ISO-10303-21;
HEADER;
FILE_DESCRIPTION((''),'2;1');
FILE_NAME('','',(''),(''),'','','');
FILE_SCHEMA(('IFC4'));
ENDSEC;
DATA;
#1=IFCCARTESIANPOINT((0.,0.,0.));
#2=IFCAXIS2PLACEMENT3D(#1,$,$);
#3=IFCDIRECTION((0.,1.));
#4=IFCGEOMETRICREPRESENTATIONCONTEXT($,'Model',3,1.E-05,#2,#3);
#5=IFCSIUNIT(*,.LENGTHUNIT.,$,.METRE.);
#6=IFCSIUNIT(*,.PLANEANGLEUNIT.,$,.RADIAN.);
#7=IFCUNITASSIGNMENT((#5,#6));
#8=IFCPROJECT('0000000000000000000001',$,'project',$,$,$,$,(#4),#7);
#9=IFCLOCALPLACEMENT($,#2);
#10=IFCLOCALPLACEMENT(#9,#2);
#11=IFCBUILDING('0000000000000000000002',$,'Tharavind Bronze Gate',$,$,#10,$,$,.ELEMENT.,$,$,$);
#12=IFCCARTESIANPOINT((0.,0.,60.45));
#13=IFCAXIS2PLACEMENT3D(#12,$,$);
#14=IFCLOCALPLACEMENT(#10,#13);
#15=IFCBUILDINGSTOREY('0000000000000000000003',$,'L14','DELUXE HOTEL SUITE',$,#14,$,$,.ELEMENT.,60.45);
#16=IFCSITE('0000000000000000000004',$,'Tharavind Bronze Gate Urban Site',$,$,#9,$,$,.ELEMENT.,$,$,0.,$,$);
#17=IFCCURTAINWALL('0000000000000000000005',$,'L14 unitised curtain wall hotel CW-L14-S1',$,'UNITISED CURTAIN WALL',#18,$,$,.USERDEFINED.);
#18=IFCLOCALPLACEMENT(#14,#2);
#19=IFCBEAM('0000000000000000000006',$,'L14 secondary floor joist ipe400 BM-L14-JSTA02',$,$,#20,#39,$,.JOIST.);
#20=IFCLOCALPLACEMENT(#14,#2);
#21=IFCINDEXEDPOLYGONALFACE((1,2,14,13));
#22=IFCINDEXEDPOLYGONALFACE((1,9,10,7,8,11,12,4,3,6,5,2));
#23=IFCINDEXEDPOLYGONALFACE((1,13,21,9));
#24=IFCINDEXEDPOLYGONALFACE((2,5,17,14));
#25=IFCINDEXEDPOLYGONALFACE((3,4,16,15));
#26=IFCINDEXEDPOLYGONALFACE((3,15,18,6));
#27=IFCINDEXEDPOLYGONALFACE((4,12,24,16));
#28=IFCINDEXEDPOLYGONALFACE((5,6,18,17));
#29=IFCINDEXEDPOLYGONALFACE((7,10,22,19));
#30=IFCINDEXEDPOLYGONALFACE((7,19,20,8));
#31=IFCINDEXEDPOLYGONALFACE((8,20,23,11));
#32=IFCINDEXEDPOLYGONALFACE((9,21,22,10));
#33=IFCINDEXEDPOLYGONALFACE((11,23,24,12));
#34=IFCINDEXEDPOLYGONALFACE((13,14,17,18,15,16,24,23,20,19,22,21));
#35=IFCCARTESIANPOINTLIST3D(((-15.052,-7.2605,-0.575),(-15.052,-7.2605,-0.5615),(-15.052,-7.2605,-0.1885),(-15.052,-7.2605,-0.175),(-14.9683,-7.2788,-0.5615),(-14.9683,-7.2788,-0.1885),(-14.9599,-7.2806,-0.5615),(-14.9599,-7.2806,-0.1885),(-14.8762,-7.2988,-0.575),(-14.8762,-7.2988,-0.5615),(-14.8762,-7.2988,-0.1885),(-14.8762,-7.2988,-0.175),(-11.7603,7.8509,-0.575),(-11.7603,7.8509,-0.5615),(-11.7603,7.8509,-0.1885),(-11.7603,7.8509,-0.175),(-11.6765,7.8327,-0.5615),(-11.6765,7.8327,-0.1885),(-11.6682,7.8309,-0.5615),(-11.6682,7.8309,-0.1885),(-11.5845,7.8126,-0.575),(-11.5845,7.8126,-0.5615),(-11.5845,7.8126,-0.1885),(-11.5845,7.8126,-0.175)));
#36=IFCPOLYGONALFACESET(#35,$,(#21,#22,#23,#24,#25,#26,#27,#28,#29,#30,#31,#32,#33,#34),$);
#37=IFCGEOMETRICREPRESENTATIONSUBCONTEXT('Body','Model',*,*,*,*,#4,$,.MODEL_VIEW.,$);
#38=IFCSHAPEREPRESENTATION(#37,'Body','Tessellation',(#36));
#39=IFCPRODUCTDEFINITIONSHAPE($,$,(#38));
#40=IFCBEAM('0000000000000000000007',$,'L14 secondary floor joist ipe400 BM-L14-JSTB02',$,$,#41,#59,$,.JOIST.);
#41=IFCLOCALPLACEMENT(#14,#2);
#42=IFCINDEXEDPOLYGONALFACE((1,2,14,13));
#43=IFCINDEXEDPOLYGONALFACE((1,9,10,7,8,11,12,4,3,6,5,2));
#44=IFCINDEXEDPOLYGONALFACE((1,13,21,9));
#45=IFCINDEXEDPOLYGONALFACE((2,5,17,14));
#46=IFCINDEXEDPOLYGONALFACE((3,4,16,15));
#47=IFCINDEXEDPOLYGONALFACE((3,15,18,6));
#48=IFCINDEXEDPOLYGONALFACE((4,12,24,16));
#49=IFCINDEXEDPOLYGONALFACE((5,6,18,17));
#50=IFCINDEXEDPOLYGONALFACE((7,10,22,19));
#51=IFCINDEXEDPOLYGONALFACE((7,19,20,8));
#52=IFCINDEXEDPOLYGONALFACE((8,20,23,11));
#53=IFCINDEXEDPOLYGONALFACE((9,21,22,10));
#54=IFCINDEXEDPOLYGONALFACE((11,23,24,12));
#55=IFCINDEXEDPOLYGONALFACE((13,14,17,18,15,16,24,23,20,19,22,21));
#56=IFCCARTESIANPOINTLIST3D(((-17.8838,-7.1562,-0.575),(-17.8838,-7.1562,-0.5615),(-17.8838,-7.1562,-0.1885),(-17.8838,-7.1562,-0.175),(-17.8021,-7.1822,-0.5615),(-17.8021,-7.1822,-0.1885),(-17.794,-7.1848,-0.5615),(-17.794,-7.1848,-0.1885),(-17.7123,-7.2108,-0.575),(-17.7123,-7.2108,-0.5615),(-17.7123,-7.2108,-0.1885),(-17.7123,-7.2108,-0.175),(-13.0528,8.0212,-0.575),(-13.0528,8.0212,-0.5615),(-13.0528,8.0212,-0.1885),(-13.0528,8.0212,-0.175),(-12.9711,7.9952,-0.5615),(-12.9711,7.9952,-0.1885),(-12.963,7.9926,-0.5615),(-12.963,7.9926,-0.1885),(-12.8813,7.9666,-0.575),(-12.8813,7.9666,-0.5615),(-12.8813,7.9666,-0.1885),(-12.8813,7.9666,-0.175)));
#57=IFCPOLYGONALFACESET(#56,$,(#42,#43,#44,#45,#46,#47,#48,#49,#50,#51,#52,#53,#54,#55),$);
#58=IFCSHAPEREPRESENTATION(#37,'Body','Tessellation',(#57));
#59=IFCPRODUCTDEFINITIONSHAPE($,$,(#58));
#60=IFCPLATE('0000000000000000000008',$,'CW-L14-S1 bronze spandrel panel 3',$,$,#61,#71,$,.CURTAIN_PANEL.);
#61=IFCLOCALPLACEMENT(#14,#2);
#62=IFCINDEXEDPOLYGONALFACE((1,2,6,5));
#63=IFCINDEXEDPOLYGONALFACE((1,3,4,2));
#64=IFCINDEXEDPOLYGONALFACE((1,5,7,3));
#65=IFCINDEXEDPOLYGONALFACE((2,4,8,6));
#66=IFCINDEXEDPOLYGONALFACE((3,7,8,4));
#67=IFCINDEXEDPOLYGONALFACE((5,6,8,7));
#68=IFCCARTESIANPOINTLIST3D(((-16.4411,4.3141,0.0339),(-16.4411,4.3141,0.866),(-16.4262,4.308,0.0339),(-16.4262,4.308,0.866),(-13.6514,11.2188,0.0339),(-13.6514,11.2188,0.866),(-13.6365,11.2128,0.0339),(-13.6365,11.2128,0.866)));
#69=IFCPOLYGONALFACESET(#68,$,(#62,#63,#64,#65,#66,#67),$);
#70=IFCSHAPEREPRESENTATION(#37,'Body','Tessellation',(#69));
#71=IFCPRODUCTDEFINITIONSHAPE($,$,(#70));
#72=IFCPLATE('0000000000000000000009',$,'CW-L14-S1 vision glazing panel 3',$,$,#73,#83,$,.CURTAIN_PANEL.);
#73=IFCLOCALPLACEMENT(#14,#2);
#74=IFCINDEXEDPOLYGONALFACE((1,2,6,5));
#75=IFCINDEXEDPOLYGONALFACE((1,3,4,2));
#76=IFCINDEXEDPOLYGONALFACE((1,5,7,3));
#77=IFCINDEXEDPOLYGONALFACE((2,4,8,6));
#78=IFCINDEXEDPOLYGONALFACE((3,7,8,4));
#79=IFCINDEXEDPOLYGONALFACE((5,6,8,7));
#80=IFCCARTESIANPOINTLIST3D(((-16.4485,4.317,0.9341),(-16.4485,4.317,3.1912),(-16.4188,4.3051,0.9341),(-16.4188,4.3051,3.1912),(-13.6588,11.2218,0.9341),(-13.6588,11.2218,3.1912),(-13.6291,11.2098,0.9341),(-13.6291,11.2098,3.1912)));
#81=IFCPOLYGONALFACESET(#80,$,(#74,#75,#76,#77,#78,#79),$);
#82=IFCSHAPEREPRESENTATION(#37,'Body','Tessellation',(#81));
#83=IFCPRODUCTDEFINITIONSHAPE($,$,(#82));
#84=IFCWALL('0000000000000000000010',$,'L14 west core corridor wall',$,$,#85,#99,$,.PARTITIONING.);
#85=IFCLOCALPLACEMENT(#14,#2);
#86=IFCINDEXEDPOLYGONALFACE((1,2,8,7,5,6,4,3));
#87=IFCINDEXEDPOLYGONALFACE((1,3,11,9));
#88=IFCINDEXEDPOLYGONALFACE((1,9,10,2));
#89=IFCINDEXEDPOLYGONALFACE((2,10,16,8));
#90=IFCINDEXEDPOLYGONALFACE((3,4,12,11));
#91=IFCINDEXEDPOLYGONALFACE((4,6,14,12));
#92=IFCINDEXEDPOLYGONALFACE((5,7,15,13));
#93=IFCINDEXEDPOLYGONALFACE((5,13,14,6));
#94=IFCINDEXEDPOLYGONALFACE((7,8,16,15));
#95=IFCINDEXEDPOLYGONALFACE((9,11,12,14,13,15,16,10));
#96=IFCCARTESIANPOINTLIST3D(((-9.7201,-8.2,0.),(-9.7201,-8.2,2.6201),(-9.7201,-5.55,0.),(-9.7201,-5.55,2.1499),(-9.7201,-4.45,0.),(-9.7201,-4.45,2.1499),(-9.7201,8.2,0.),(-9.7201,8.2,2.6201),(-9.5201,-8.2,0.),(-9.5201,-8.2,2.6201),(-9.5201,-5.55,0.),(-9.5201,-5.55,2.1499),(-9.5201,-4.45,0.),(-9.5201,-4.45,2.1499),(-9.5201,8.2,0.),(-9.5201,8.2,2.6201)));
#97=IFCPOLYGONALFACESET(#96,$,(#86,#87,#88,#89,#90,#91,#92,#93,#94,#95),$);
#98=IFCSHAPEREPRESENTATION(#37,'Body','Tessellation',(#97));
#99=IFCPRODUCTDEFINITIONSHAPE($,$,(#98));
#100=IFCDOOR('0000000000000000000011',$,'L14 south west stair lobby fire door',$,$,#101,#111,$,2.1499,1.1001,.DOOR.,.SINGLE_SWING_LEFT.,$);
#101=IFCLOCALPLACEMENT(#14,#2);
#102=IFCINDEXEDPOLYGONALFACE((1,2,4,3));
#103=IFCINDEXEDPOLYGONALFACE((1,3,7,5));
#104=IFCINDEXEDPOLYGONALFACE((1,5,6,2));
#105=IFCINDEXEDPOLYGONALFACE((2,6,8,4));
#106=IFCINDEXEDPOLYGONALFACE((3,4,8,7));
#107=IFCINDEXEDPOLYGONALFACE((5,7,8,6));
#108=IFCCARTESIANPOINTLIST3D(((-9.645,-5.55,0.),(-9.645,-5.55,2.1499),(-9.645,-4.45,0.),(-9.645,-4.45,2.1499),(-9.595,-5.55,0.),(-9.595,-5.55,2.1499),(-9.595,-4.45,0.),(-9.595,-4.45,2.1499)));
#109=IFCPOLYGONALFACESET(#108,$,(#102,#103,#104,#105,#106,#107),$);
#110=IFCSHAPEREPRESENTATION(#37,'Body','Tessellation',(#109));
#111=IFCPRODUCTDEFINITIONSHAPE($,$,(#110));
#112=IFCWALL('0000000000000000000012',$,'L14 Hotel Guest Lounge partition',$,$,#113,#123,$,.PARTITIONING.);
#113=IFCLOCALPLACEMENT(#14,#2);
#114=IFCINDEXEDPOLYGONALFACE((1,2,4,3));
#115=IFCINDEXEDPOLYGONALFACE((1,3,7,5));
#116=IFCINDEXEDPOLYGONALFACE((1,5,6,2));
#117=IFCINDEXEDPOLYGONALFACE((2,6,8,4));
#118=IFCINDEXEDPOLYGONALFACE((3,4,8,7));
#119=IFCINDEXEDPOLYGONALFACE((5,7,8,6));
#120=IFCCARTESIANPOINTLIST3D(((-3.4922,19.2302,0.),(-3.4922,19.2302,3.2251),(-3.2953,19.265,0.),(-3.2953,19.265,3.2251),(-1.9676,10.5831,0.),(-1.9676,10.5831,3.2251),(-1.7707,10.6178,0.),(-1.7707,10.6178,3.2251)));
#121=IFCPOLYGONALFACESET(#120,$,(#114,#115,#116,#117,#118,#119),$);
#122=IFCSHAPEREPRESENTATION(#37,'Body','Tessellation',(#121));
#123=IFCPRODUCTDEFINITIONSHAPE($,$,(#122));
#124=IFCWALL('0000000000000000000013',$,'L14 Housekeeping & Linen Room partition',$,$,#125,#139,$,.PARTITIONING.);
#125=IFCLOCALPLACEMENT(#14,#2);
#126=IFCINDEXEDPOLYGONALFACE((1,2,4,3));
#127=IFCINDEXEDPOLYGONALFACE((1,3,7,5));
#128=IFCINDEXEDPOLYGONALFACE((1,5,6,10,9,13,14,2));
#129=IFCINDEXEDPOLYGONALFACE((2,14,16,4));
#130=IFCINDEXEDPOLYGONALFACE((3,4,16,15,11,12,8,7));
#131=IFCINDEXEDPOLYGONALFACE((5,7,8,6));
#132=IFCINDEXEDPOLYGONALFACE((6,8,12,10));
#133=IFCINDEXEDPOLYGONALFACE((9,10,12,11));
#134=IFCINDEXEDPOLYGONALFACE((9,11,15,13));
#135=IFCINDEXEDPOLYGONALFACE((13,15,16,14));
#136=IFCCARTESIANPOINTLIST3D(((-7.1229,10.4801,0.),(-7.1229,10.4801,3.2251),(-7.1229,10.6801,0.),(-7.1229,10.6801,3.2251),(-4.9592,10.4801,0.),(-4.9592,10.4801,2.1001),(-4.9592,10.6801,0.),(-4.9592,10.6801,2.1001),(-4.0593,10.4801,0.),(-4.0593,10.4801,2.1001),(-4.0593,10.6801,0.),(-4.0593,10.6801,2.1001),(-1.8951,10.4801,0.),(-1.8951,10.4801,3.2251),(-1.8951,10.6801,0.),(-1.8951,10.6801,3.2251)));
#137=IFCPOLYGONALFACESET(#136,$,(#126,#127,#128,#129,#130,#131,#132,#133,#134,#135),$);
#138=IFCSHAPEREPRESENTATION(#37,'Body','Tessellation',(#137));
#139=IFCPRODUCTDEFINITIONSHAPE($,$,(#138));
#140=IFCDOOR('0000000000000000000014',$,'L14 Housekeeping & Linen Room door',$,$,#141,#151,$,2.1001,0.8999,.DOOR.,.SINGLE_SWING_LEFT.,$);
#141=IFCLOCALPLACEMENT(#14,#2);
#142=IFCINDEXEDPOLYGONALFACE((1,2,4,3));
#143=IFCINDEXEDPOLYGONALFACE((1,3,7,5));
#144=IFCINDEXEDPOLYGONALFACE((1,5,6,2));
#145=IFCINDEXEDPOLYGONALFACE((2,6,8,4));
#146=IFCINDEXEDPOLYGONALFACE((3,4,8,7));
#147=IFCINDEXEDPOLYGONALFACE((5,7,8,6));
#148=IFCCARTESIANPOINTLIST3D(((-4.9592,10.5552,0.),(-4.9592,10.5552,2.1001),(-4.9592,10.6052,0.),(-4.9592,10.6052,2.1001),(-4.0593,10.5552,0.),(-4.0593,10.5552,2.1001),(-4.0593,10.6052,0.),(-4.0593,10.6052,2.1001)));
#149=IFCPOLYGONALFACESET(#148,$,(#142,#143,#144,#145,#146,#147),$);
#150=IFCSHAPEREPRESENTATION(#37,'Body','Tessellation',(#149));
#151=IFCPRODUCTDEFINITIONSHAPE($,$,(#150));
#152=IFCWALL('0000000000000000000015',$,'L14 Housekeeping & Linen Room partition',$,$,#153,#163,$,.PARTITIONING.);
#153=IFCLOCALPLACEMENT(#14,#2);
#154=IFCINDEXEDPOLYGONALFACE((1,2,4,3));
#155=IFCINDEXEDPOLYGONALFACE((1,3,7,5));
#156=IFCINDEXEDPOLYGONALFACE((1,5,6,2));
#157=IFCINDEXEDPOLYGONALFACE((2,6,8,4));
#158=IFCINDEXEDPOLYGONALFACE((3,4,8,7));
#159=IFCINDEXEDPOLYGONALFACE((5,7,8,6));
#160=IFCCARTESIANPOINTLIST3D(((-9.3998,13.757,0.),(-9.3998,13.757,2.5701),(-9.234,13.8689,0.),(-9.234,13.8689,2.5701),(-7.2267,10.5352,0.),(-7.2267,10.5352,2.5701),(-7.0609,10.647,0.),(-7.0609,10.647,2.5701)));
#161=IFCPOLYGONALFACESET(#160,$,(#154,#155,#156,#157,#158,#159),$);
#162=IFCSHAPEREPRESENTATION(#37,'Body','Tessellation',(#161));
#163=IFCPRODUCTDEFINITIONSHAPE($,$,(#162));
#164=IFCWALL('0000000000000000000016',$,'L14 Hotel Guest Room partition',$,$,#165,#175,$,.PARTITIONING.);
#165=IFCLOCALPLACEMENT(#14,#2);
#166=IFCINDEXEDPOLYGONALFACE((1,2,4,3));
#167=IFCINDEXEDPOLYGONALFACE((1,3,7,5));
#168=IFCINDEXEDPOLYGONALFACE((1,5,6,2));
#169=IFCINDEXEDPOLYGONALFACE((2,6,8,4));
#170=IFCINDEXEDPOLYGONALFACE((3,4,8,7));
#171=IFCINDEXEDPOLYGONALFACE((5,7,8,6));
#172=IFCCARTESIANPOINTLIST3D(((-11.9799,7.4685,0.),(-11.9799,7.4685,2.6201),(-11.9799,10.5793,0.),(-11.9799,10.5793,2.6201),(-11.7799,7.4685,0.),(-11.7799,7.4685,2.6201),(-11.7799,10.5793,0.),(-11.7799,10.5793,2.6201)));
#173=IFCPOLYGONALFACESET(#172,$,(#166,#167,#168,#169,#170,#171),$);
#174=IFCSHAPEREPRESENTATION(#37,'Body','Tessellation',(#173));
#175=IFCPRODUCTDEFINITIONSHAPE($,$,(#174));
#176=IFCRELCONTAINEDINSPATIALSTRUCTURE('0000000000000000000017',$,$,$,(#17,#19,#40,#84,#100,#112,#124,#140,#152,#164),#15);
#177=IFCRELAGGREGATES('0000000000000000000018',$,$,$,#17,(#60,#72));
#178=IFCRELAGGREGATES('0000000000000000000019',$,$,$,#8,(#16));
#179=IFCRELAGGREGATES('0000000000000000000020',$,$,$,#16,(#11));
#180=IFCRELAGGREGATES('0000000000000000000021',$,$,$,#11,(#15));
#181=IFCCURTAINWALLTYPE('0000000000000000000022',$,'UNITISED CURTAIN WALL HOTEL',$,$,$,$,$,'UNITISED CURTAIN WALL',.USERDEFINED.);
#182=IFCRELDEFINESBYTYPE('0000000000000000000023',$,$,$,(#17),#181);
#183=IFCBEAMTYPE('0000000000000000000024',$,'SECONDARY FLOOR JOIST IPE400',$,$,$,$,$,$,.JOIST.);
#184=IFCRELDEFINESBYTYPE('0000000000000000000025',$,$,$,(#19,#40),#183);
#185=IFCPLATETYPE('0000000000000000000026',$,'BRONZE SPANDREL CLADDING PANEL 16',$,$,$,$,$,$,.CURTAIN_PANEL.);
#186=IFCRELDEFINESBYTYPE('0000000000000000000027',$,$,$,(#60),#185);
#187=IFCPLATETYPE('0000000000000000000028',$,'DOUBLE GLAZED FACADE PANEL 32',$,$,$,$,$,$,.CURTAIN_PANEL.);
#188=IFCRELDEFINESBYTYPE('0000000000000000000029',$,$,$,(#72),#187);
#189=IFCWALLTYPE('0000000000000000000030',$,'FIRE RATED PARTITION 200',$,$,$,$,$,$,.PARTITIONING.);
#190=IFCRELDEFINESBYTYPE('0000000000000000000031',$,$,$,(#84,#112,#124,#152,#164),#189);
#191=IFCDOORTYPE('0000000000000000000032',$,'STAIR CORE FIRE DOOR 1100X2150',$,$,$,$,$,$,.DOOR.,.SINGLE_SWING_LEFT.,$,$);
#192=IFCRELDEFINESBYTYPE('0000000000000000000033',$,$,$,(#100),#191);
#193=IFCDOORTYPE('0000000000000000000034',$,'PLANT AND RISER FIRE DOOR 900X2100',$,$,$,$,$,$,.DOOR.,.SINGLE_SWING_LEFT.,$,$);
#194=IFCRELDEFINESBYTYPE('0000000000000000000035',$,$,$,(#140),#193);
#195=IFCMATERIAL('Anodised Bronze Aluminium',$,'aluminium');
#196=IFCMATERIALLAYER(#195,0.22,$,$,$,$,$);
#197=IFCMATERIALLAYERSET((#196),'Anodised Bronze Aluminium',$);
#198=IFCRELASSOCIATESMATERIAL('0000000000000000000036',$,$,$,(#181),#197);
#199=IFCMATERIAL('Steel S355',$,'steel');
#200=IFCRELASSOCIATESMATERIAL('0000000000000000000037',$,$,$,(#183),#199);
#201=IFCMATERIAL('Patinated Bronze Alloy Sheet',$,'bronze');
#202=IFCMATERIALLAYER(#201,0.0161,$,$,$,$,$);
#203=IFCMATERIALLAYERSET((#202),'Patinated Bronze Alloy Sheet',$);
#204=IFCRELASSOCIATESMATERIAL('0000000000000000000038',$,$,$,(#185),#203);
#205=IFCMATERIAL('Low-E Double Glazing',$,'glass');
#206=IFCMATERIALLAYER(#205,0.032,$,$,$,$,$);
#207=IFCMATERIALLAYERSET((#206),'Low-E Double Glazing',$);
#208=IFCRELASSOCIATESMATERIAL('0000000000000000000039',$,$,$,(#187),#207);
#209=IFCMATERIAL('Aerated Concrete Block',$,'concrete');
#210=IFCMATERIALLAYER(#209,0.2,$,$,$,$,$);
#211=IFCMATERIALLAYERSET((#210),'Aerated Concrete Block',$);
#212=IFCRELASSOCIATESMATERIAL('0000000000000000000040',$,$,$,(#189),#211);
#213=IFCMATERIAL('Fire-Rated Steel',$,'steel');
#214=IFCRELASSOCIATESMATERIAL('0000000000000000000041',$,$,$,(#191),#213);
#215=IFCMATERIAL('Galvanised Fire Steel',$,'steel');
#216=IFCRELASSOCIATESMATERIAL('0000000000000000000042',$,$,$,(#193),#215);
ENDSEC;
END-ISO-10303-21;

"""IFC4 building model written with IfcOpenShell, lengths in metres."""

from ifc_helpers import new_model, si_unit, direction, frame, frame_2d, origin, origin_2d, place, context, subcontext, project, spatial, rectangle, i_section, extrude, material, layer, layer_set, material_profile, profile_set, type_object, element, fill, aggregate, save


model = new_model("IFC4")

# Units and contexts
model_context = context("Model", 3, precision=1e-05, world=origin(), true_north=direction((0.0, 1.0)))
body_context = subcontext(model_context, "Body", "Model", "MODEL_VIEW")
ifc_project = project(units=[si_unit("LENGTHUNIT", "METRE"), si_unit("PLANEANGLEUNIT", "RADIAN")], contexts=[model_context])

# Site, building, storey
site_placement = place(None, origin())
site = spatial("IfcSite", under=ifc_project, at=site_placement, Name="Tharavind Bronze Gate Urban Site", CompositionType="ELEMENT", RefElevation=0.0)
building_placement = place(site_placement, origin())
building = spatial("IfcBuilding", under=site, at=building_placement, Name="Tharavind Bronze Gate", CompositionType="ELEMENT")
storey_placement = place(building_placement, frame((0.0, 0.0, 60.45)))
storey = spatial("IfcBuildingStorey", under=building, at=storey_placement, Name="L14", Description="DELUXE HOTEL SUITE", CompositionType="ELEMENT", Elevation=60.45)

# Curtain wall
ifc_material_1 = material(Name="Anodised Bronze Aluminium", Category="aluminium")
ifc_layer_1 = layer(ifc_material_1, 0.22)
ifc_layer_set_1 = layer_set([ifc_layer_1], Name="Anodised Bronze Aluminium")
curtain_wall_type = type_object("IfcCurtainWallType", Name="UNITISED CURTAIN WALL HOTEL", ElementType="UNITISED CURTAIN WALL", PredefinedType="USERDEFINED", material=ifc_layer_set_1)
curtain_wall_placement = place(storey_placement, origin())
curtain_wall = element("IfcCurtainWall", 1, at=curtain_wall_placement, inside=storey, type_object=curtain_wall_type, Name="L14 unitised curtain wall hotel CW-L14-S1", ObjectType="UNITISED CURTAIN WALL", PredefinedType="USERDEFINED")

# Beams
ifc_material_2 = material(Name="Steel S355", Category="steel")
ifc_material_profile_1 = material_profile(ifc_material_2, i_section(OverallWidth=0.1799, OverallDepth=0.3999, WebThickness=0.0085, FlangeThickness=0.0134, at=origin_2d()), Name="IPE400")
ifc_profile_set_1 = profile_set([ifc_material_profile_1], Name="Steel S355")
beam_type_1 = type_object("IfcBeamType", Name="SECONDARY FLOOR JOIST IPE400", PredefinedType="JOIST", material=ifc_profile_set_1)
beam_1_placement = place(storey_placement, frame((-11.6724, 7.8318, -0.375), z_axis=(-0.212839, -0.977087, 0.0), x_axis=(0.977087, -0.212839, 0.0)))
element("IfcBeam", 2, at=beam_1_placement, inside=storey, type_object=beam_type_1, Name="L14 secondary floor joist ipe400 BM-L14-JSTA02", PredefinedType="JOIST", context=body_context, shape_type="SweptSolid", body=[
    extrude(i_section(OverallWidth=0.1799, OverallDepth=0.3999, WebThickness=0.0085, FlangeThickness=0.0134, at=origin_2d()), origin(), (0.0, 0.0, 1.0), 15.4658),
])
beam_2_placement = place(storey_placement, frame((-12.967, 7.9939, -0.375), z_axis=(-0.303309, -0.952892, 0.0), x_axis=(0.952892, -0.303309, 0.0)))
element("IfcBeam", 3, at=beam_2_placement, inside=storey, type_object=beam_type_1, Name="L14 secondary floor joist ipe400 BM-L14-JSTB02", PredefinedType="JOIST", context=body_context, shape_type="SweptSolid", body=[
    extrude(i_section(OverallWidth=0.1799, OverallDepth=0.3999, WebThickness=0.0085, FlangeThickness=0.0134, at=origin_2d()), origin(), (0.0, 0.0, 1.0), 15.9277),
])

# Plates
ifc_material_3 = material(Name="Patinated Bronze Alloy Sheet", Category="bronze")
ifc_layer_2 = layer(ifc_material_3, 0.0161)
ifc_layer_set_2 = layer_set([ifc_layer_2], Name="Patinated Bronze Alloy Sheet")
plate_type_1 = type_object("IfcPlateType", Name="BRONZE SPANDREL CLADDING PANEL 16", PredefinedType="CURTAIN_PANEL", material=ifc_layer_set_2)
plate_1_placement = place(storey_placement, frame((-15.0388, 7.7634, 0.0339), z_axis=(0.0, 0.0, 1.0), x_axis=(-0.374607, -0.927184, 0.0)))
plate_1 = element("IfcPlate", 4, at=plate_1_placement, type_object=plate_type_1, Name="CW-L14-S1 bronze spandrel panel 3", PredefinedType="CURTAIN_PANEL", context=body_context, shape_type="SweptSolid", body=[
    extrude(rectangle(XDim=7.447, YDim=0.0161, at=origin_2d()), origin(), (0.0, 0.0, 1.0), 0.832),
])
ifc_material_4 = material(Name="Low-E Double Glazing", Category="glass")
ifc_layer_3 = layer(ifc_material_4, 0.032)
ifc_layer_set_3 = layer_set([ifc_layer_3], Name="Low-E Double Glazing")
plate_type_2 = type_object("IfcPlateType", Name="DOUBLE GLAZED FACADE PANEL 32", PredefinedType="CURTAIN_PANEL", material=ifc_layer_set_3)
plate_2_placement = place(storey_placement, frame((-15.0388, 7.7634, 0.9341), z_axis=(0.0, 0.0, 1.0), x_axis=(-0.374607, -0.927184, 0.0)))
plate_2 = element("IfcPlate", 5, at=plate_2_placement, type_object=plate_type_2, Name="CW-L14-S1 vision glazing panel 3", PredefinedType="CURTAIN_PANEL", context=body_context, shape_type="SweptSolid", body=[
    extrude(rectangle(XDim=7.447, YDim=0.032, at=origin_2d()), origin(), (0.0, 0.0, 1.0), 2.2571),
])
aggregate(curtain_wall, [plate_1, plate_2])

# Wall, opening, door
ifc_material_5 = material(Name="Aerated Concrete Block", Category="concrete")
ifc_layer_4 = layer(ifc_material_5, 0.2)
ifc_layer_set_4 = layer_set([ifc_layer_4], Name="Aerated Concrete Block")
wall_type_1 = type_object("IfcWallType", Name="FIRE RATED PARTITION 200", PredefinedType="PARTITIONING", material=ifc_layer_set_4)
wall_1_placement = place(storey_placement, frame((-9.6201, 8.2, 0.0), z_axis=(0.0, 0.0, 1.0), x_axis=(0.0, -1.0, 0.0)))
wall_1 = element("IfcWall", 6, at=wall_1_placement, inside=storey, type_object=wall_type_1, Name="L14 west core corridor wall", PredefinedType="PARTITIONING", context=body_context, shape_type="SweptSolid", body=[
    extrude(rectangle(XDim=16.3999, YDim=0.2, at=frame_2d((8.2, 0.0))), origin(), (0.0, 0.0, 1.0), 2.6201),
])
opening_1_placement = place(wall_1_placement, frame((12.6499, 0.0, 0.0)))
opening_1 = element("IfcOpeningElement", 7, at=opening_1_placement, cuts=wall_1, PredefinedType="OPENING", context=body_context, shape_type="SweptSolid", body=[
    extrude(rectangle(XDim=1.1001, YDim=2.1499, at=frame_2d((0.55, 1.075))), frame((0.0, 0.1101, 0.0), z_axis=(0.0, -1.0, 0.0), x_axis=(1.0, 0.0, 0.0)), (0.0, 0.0, 1.0), 0.22),
])
ifc_material_6 = material(Name="Fire-Rated Steel", Category="steel")
door_type_1 = type_object("IfcDoorType", Name="STAIR CORE FIRE DOOR 1100X2150", OperationType="SINGLE_SWING_LEFT", PredefinedType="DOOR", material=ifc_material_6)
door_1_placement = place(opening_1_placement, frame((1.1001, 0.0, 0.0), z_axis=(0.0, 0.0, 1.0), x_axis=(-1.0, 0.0, 0.0)))
door_1 = element("IfcDoor", 8, at=door_1_placement, inside=storey, type_object=door_type_1, Name="L14 south west stair lobby fire door", OperationType="SINGLE_SWING_LEFT", OverallHeight=2.1499, OverallWidth=1.1001, PredefinedType="DOOR", context=body_context, shape_type="SweptSolid", body=[
    extrude(rectangle(XDim=1.1001, YDim=2.1499, at=frame_2d((0.55, 1.075))), frame((0.0, 0.0249, 0.0), z_axis=(0.0, -1.0, 0.0), x_axis=(1.0, 0.0, 0.0)), (0.0, 0.0, 1.0), 0.05),
])
fill(opening_1, door_1)

# Wall
wall_2_placement = place(storey_placement, frame((-1.8691, 10.6006, 0.0), z_axis=(0.0, 0.0, 1.0), x_axis=(-0.173639, 0.984809, 0.0)))
element("IfcWall", 9, at=wall_2_placement, inside=storey, type_object=wall_type_1, Name="L14 Hotel Guest Lounge partition", PredefinedType="PARTITIONING", context=body_context, shape_type="SweptSolid", body=[
    extrude(rectangle(XDim=8.7805, YDim=0.2, at=frame_2d((4.3901, 0.0))), origin(), (0.0, 0.0, 1.0), 3.2251),
])

# Wall, opening, door
wall_3_placement = place(storey_placement, frame((-1.8953, 10.5801, 0.0), z_axis=(0.0, 0.0, 1.0), x_axis=(-1.0, 0.0, 0.0)))
wall_3 = element("IfcWall", 10, at=wall_3_placement, inside=storey, type_object=wall_type_1, Name="L14 Housekeeping & Linen Room partition", PredefinedType="PARTITIONING", context=body_context, shape_type="SweptSolid", body=[
    extrude(rectangle(XDim=5.2278, YDim=0.2, at=frame_2d((2.6138, 0.0))), origin(), (0.0, 0.0, 1.0), 3.2251),
])
opening_2_placement = place(wall_3_placement, frame((2.1641, 0.0, 0.0)))
opening_2 = element("IfcOpeningElement", 11, at=opening_2_placement, cuts=wall_3, PredefinedType="OPENING", context=body_context, shape_type="SweptSolid", body=[
    extrude(rectangle(XDim=0.8999, YDim=2.1001, at=frame_2d((0.45, 1.05))), frame((0.0, 0.1101, 0.0), z_axis=(0.0, -1.0, 0.0), x_axis=(1.0, 0.0, 0.0)), (0.0, 0.0, 1.0), 0.22),
])
ifc_material_7 = material(Name="Galvanised Fire Steel", Category="steel")
door_type_2 = type_object("IfcDoorType", Name="PLANT AND RISER FIRE DOOR 900X2100", OperationType="SINGLE_SWING_LEFT", PredefinedType="DOOR", material=ifc_material_7)
door_2_placement = place(opening_2_placement, origin())
door_2 = element("IfcDoor", 12, at=door_2_placement, inside=storey, type_object=door_type_2, Name="L14 Housekeeping & Linen Room door", OperationType="SINGLE_SWING_LEFT", OverallHeight=2.1001, OverallWidth=0.8999, PredefinedType="DOOR", context=body_context, shape_type="SweptSolid", body=[
    extrude(rectangle(XDim=0.8999, YDim=2.1001, at=frame_2d((0.45, 1.05))), frame((0.0, 0.0249, 0.0), z_axis=(0.0, -1.0, 0.0), x_axis=(1.0, 0.0, 0.0)), (0.0, 0.0, 1.0), 0.05),
])
fill(opening_2, door_2)

# Walls
wall_4_placement = place(storey_placement, frame((-7.1438, 10.5911, 0.0), z_axis=(0.0, 0.0, 1.0), x_axis=(-0.559172, 0.829052, 0.0)))
element("IfcWall", 13, at=wall_4_placement, inside=storey, type_object=wall_type_1, Name="L14 Housekeeping & Linen Room partition", PredefinedType="PARTITIONING", context=body_context, shape_type="SweptSolid", body=[
    extrude(rectangle(XDim=3.8862, YDim=0.2, at=frame_2d((1.9431, 0.0))), origin(), (0.0, 0.0, 1.0), 2.5701),
])
wall_5_placement = place(storey_placement, frame((-11.8799, 10.5793, 0.0), z_axis=(0.0, 0.0, 1.0), x_axis=(0.0, -1.0, 0.0)))
element("IfcWall", 14, at=wall_5_placement, inside=storey, type_object=wall_type_1, Name="L14 Hotel Guest Room partition", PredefinedType="PARTITIONING", context=body_context, shape_type="SweptSolid", body=[
    extrude(rectangle(XDim=3.1108, YDim=0.2, at=frame_2d((1.5554, 0.0))), origin(), (0.0, 0.0, 1.0), 2.6201),
])

save(model, "model.ifc")
